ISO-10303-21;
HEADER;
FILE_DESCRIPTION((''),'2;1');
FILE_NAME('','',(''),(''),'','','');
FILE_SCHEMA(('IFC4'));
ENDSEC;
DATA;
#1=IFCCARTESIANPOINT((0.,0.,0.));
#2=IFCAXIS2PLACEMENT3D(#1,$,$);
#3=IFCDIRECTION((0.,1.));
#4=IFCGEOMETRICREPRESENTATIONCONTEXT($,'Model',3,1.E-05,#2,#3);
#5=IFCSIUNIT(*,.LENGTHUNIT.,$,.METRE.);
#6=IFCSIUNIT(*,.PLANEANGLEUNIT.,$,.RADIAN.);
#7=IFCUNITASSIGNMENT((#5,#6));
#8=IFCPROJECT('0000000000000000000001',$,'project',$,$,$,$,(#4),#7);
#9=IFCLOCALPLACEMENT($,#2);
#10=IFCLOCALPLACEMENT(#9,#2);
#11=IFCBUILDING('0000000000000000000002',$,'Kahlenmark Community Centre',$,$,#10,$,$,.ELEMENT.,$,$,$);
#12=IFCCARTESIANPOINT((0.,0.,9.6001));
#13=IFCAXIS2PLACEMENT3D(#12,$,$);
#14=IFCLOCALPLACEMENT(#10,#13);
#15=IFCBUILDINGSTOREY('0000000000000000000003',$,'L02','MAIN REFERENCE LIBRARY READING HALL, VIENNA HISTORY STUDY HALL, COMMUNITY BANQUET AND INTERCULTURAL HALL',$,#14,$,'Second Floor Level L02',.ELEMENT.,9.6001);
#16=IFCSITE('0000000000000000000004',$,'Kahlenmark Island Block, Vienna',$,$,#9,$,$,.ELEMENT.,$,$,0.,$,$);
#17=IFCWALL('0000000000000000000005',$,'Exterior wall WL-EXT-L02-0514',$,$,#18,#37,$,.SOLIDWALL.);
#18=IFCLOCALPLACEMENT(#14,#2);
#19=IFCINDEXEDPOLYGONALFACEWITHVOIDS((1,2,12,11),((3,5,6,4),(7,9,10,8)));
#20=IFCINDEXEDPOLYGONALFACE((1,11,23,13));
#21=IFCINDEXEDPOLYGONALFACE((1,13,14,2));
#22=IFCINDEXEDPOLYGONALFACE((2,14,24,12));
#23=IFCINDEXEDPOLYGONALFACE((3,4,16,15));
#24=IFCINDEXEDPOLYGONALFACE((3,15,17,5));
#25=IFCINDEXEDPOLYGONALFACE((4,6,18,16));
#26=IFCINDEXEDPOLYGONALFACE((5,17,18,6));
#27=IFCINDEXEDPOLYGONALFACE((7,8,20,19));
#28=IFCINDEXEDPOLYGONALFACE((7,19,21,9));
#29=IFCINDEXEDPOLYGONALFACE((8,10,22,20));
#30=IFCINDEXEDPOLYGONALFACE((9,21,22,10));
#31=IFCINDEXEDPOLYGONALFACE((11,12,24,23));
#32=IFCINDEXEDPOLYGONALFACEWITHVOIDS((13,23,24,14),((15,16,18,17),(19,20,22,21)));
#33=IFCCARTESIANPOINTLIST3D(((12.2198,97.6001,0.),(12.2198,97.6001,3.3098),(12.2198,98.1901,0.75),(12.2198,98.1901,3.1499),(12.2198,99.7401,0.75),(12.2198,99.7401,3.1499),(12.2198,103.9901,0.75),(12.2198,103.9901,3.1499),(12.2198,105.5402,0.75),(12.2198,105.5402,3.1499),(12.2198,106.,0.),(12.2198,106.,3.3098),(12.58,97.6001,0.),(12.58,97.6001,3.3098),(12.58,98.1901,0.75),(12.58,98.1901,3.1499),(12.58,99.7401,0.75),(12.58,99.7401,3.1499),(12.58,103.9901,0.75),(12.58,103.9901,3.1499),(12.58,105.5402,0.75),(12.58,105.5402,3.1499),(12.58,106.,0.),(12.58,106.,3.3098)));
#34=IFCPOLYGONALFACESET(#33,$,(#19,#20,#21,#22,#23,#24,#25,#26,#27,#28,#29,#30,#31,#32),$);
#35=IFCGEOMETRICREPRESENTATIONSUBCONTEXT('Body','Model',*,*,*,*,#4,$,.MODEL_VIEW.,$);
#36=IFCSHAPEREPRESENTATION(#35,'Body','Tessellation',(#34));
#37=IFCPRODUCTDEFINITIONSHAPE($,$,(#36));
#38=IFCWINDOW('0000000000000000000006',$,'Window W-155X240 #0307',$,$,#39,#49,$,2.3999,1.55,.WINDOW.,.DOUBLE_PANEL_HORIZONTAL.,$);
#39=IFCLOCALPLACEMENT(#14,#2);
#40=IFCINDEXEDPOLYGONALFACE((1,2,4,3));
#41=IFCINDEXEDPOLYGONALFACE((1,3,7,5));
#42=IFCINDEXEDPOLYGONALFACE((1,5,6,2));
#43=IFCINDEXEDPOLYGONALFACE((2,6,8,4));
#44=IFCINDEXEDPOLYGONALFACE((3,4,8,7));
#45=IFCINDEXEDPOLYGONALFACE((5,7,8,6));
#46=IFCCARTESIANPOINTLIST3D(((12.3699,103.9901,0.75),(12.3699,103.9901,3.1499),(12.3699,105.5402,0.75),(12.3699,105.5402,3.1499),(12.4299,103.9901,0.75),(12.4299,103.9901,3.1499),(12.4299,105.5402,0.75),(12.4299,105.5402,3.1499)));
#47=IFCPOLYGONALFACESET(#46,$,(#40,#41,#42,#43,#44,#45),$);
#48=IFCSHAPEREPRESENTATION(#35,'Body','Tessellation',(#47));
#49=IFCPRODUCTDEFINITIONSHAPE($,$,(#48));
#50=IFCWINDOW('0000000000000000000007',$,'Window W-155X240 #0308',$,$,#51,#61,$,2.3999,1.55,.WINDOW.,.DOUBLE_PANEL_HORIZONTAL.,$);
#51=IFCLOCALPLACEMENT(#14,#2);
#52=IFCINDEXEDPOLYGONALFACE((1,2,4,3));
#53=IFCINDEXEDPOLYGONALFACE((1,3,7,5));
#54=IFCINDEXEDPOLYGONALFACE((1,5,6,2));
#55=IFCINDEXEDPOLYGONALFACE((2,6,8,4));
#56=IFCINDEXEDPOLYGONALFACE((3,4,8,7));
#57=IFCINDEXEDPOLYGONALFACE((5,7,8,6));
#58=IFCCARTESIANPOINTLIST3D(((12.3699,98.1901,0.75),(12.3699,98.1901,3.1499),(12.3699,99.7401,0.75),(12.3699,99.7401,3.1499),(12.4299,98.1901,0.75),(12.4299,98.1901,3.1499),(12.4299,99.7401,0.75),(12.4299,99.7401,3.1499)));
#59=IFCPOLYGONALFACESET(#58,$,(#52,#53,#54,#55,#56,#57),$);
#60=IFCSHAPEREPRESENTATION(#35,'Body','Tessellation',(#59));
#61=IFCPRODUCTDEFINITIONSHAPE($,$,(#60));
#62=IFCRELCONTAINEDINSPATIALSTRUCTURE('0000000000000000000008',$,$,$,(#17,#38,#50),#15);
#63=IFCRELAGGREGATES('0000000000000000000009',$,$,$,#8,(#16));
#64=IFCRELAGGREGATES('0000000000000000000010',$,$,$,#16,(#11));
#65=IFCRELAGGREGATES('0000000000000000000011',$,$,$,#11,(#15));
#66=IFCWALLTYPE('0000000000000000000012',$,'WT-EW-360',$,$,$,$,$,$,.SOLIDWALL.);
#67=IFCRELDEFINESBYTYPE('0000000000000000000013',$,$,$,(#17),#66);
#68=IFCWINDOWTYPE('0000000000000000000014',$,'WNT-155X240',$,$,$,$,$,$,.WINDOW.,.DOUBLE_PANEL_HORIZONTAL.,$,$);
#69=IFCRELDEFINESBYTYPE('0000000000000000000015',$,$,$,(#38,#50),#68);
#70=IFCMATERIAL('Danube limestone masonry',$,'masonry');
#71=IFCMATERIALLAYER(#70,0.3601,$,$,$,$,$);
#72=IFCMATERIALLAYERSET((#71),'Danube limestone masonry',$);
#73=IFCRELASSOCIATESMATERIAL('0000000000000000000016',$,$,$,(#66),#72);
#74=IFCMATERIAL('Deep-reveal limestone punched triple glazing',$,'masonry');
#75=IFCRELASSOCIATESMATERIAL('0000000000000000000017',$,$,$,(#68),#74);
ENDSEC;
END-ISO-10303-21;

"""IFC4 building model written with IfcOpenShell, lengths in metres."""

from ifc_helpers import new_model, si_unit, direction, frame, frame_2d, origin, place, context, subcontext, project, spatial, rectangle, extrude, material, layer, layer_set, type_object, element, fill, save


model = new_model("IFC4")

# Units and contexts
model_context = context("Model", 3, precision=1e-05, world=origin(), true_north=direction((0.0, 1.0)))
body_context = subcontext(model_context, "Body", "Model", "MODEL_VIEW")
ifc_project = project(units=[si_unit("LENGTHUNIT", "METRE"), si_unit("PLANEANGLEUNIT", "RADIAN")], contexts=[model_context])

# Site, building, storey
site_placement = place(None, origin())
site = spatial("IfcSite", under=ifc_project, at=site_placement, Name="Kahlenmark Island Block, Vienna", CompositionType="ELEMENT", RefElevation=0.0)
building_placement = place(site_placement, origin())
building = spatial("IfcBuilding", under=site, at=building_placement, Name="Kahlenmark Community Centre", CompositionType="ELEMENT")
storey_placement = place(building_placement, frame((0.0, 0.0, 9.6001)))
storey = spatial("IfcBuildingStorey", under=building, at=storey_placement, Name="L02", Description="MAIN REFERENCE LIBRARY READING HALL, VIENNA HISTORY STUDY HALL, COMMUNITY BANQUET AND INTERCULTURAL HALL", LongName="Second Floor Level L02", CompositionType="ELEMENT", Elevation=9.6001)

# Wall, openings, windows
ifc_material_1 = material(Name="Danube limestone masonry", Category="masonry")
ifc_layer_1 = layer(ifc_material_1, 0.3601)
ifc_layer_set_1 = layer_set([ifc_layer_1], Name="Danube limestone masonry")
wall_type_1 = type_object("IfcWallType", Name="WT-EW-360", PredefinedType="SOLIDWALL", material=ifc_layer_set_1)
ifc_material_2 = material(Name="Deep-reveal limestone punched triple glazing", Category="masonry")
window_type = type_object("IfcWindowType", Name="WNT-155X240", PartitioningType="DOUBLE_PANEL_HORIZONTAL", PredefinedType="WINDOW", material=ifc_material_2)
wall_1_placement = place(storey_placement, frame((12.3999, 106.0, 0.0), z_axis=(0.0, 0.0, 1.0), x_axis=(0.0, -1.0, 0.0)))
wall_1 = element("IfcWall", 1, at=wall_1_placement, inside=storey, type_object=wall_type_1, Name="Exterior wall WL-EXT-L02-0514", PredefinedType="SOLIDWALL", context=body_context, shape_type="SweptSolid", body=[
    extrude(rectangle(XDim=8.3999, YDim=0.3601, at=frame_2d((4.2, 0.0))), origin(), (0.0, 0.0, 1.0), 3.3098),
])
opening_1_placement = place(wall_1_placement, frame((0.46, 0.0, 0.75)))
opening_1 = element("IfcOpeningElement", 2, at=opening_1_placement, cuts=wall_1, PredefinedType="OPENING", context=body_context, shape_type="SweptSolid", body=[
    extrude(rectangle(XDim=1.55, YDim=2.3999, at=frame_2d((0.7749, 1.2))), frame((0.0, 0.1899, 0.0), z_axis=(0.0, -1.0, 0.0), x_axis=(1.0, 0.0, 0.0)), (0.0, 0.0, 1.0), 0.3801),
])
opening_2_placement = place(wall_1_placement, frame((6.26, 0.0, 0.75)))
opening_2 = element("IfcOpeningElement", 3, at=opening_2_placement, cuts=wall_1, PredefinedType="OPENING", context=body_context, shape_type="SweptSolid", body=[
    extrude(rectangle(XDim=1.55, YDim=2.3999, at=frame_2d((0.7749, 1.2))), frame((0.0, 0.1899, 0.0), z_axis=(0.0, -1.0, 0.0), x_axis=(1.0, 0.0, 0.0)), (0.0, 0.0, 1.0), 0.3801),
])
window_1_placement = place(opening_1_placement, origin())
window_1 = element("IfcWindow", 4, at=window_1_placement, inside=storey, type_object=window_type, Name="Window W-155X240 #0307", OverallHeight=2.3999, OverallWidth=1.55, PartitioningType="DOUBLE_PANEL_HORIZONTAL", PredefinedType="WINDOW", context=body_context, shape_type="SweptSolid", body=[
    extrude(rectangle(XDim=1.55, YDim=2.3999, at=frame_2d((0.7749, 1.2))), frame((0.0, 0.03, 0.0), z_axis=(0.0, -1.0, 0.0), x_axis=(1.0, 0.0, 0.0)), (0.0, 0.0, 1.0), 0.0601),
])
fill(opening_1, window_1)
window_2_placement = place(opening_2_placement, origin())
window_2 = element("IfcWindow", 5, at=window_2_placement, inside=storey, type_object=window_type, Name="Window W-155X240 #0308", OverallHeight=2.3999, OverallWidth=1.55, PartitioningType="DOUBLE_PANEL_HORIZONTAL", PredefinedType="WINDOW", context=body_context, shape_type="SweptSolid", body=[
    extrude(rectangle(XDim=1.55, YDim=2.3999, at=frame_2d((0.7749, 1.2))), frame((0.0, 0.03, 0.0), z_axis=(0.0, -1.0, 0.0), x_axis=(1.0, 0.0, 0.0)), (0.0, 0.0, 1.0), 0.0601),
])
fill(opening_2, window_2)

save(model, "model.ifc")
